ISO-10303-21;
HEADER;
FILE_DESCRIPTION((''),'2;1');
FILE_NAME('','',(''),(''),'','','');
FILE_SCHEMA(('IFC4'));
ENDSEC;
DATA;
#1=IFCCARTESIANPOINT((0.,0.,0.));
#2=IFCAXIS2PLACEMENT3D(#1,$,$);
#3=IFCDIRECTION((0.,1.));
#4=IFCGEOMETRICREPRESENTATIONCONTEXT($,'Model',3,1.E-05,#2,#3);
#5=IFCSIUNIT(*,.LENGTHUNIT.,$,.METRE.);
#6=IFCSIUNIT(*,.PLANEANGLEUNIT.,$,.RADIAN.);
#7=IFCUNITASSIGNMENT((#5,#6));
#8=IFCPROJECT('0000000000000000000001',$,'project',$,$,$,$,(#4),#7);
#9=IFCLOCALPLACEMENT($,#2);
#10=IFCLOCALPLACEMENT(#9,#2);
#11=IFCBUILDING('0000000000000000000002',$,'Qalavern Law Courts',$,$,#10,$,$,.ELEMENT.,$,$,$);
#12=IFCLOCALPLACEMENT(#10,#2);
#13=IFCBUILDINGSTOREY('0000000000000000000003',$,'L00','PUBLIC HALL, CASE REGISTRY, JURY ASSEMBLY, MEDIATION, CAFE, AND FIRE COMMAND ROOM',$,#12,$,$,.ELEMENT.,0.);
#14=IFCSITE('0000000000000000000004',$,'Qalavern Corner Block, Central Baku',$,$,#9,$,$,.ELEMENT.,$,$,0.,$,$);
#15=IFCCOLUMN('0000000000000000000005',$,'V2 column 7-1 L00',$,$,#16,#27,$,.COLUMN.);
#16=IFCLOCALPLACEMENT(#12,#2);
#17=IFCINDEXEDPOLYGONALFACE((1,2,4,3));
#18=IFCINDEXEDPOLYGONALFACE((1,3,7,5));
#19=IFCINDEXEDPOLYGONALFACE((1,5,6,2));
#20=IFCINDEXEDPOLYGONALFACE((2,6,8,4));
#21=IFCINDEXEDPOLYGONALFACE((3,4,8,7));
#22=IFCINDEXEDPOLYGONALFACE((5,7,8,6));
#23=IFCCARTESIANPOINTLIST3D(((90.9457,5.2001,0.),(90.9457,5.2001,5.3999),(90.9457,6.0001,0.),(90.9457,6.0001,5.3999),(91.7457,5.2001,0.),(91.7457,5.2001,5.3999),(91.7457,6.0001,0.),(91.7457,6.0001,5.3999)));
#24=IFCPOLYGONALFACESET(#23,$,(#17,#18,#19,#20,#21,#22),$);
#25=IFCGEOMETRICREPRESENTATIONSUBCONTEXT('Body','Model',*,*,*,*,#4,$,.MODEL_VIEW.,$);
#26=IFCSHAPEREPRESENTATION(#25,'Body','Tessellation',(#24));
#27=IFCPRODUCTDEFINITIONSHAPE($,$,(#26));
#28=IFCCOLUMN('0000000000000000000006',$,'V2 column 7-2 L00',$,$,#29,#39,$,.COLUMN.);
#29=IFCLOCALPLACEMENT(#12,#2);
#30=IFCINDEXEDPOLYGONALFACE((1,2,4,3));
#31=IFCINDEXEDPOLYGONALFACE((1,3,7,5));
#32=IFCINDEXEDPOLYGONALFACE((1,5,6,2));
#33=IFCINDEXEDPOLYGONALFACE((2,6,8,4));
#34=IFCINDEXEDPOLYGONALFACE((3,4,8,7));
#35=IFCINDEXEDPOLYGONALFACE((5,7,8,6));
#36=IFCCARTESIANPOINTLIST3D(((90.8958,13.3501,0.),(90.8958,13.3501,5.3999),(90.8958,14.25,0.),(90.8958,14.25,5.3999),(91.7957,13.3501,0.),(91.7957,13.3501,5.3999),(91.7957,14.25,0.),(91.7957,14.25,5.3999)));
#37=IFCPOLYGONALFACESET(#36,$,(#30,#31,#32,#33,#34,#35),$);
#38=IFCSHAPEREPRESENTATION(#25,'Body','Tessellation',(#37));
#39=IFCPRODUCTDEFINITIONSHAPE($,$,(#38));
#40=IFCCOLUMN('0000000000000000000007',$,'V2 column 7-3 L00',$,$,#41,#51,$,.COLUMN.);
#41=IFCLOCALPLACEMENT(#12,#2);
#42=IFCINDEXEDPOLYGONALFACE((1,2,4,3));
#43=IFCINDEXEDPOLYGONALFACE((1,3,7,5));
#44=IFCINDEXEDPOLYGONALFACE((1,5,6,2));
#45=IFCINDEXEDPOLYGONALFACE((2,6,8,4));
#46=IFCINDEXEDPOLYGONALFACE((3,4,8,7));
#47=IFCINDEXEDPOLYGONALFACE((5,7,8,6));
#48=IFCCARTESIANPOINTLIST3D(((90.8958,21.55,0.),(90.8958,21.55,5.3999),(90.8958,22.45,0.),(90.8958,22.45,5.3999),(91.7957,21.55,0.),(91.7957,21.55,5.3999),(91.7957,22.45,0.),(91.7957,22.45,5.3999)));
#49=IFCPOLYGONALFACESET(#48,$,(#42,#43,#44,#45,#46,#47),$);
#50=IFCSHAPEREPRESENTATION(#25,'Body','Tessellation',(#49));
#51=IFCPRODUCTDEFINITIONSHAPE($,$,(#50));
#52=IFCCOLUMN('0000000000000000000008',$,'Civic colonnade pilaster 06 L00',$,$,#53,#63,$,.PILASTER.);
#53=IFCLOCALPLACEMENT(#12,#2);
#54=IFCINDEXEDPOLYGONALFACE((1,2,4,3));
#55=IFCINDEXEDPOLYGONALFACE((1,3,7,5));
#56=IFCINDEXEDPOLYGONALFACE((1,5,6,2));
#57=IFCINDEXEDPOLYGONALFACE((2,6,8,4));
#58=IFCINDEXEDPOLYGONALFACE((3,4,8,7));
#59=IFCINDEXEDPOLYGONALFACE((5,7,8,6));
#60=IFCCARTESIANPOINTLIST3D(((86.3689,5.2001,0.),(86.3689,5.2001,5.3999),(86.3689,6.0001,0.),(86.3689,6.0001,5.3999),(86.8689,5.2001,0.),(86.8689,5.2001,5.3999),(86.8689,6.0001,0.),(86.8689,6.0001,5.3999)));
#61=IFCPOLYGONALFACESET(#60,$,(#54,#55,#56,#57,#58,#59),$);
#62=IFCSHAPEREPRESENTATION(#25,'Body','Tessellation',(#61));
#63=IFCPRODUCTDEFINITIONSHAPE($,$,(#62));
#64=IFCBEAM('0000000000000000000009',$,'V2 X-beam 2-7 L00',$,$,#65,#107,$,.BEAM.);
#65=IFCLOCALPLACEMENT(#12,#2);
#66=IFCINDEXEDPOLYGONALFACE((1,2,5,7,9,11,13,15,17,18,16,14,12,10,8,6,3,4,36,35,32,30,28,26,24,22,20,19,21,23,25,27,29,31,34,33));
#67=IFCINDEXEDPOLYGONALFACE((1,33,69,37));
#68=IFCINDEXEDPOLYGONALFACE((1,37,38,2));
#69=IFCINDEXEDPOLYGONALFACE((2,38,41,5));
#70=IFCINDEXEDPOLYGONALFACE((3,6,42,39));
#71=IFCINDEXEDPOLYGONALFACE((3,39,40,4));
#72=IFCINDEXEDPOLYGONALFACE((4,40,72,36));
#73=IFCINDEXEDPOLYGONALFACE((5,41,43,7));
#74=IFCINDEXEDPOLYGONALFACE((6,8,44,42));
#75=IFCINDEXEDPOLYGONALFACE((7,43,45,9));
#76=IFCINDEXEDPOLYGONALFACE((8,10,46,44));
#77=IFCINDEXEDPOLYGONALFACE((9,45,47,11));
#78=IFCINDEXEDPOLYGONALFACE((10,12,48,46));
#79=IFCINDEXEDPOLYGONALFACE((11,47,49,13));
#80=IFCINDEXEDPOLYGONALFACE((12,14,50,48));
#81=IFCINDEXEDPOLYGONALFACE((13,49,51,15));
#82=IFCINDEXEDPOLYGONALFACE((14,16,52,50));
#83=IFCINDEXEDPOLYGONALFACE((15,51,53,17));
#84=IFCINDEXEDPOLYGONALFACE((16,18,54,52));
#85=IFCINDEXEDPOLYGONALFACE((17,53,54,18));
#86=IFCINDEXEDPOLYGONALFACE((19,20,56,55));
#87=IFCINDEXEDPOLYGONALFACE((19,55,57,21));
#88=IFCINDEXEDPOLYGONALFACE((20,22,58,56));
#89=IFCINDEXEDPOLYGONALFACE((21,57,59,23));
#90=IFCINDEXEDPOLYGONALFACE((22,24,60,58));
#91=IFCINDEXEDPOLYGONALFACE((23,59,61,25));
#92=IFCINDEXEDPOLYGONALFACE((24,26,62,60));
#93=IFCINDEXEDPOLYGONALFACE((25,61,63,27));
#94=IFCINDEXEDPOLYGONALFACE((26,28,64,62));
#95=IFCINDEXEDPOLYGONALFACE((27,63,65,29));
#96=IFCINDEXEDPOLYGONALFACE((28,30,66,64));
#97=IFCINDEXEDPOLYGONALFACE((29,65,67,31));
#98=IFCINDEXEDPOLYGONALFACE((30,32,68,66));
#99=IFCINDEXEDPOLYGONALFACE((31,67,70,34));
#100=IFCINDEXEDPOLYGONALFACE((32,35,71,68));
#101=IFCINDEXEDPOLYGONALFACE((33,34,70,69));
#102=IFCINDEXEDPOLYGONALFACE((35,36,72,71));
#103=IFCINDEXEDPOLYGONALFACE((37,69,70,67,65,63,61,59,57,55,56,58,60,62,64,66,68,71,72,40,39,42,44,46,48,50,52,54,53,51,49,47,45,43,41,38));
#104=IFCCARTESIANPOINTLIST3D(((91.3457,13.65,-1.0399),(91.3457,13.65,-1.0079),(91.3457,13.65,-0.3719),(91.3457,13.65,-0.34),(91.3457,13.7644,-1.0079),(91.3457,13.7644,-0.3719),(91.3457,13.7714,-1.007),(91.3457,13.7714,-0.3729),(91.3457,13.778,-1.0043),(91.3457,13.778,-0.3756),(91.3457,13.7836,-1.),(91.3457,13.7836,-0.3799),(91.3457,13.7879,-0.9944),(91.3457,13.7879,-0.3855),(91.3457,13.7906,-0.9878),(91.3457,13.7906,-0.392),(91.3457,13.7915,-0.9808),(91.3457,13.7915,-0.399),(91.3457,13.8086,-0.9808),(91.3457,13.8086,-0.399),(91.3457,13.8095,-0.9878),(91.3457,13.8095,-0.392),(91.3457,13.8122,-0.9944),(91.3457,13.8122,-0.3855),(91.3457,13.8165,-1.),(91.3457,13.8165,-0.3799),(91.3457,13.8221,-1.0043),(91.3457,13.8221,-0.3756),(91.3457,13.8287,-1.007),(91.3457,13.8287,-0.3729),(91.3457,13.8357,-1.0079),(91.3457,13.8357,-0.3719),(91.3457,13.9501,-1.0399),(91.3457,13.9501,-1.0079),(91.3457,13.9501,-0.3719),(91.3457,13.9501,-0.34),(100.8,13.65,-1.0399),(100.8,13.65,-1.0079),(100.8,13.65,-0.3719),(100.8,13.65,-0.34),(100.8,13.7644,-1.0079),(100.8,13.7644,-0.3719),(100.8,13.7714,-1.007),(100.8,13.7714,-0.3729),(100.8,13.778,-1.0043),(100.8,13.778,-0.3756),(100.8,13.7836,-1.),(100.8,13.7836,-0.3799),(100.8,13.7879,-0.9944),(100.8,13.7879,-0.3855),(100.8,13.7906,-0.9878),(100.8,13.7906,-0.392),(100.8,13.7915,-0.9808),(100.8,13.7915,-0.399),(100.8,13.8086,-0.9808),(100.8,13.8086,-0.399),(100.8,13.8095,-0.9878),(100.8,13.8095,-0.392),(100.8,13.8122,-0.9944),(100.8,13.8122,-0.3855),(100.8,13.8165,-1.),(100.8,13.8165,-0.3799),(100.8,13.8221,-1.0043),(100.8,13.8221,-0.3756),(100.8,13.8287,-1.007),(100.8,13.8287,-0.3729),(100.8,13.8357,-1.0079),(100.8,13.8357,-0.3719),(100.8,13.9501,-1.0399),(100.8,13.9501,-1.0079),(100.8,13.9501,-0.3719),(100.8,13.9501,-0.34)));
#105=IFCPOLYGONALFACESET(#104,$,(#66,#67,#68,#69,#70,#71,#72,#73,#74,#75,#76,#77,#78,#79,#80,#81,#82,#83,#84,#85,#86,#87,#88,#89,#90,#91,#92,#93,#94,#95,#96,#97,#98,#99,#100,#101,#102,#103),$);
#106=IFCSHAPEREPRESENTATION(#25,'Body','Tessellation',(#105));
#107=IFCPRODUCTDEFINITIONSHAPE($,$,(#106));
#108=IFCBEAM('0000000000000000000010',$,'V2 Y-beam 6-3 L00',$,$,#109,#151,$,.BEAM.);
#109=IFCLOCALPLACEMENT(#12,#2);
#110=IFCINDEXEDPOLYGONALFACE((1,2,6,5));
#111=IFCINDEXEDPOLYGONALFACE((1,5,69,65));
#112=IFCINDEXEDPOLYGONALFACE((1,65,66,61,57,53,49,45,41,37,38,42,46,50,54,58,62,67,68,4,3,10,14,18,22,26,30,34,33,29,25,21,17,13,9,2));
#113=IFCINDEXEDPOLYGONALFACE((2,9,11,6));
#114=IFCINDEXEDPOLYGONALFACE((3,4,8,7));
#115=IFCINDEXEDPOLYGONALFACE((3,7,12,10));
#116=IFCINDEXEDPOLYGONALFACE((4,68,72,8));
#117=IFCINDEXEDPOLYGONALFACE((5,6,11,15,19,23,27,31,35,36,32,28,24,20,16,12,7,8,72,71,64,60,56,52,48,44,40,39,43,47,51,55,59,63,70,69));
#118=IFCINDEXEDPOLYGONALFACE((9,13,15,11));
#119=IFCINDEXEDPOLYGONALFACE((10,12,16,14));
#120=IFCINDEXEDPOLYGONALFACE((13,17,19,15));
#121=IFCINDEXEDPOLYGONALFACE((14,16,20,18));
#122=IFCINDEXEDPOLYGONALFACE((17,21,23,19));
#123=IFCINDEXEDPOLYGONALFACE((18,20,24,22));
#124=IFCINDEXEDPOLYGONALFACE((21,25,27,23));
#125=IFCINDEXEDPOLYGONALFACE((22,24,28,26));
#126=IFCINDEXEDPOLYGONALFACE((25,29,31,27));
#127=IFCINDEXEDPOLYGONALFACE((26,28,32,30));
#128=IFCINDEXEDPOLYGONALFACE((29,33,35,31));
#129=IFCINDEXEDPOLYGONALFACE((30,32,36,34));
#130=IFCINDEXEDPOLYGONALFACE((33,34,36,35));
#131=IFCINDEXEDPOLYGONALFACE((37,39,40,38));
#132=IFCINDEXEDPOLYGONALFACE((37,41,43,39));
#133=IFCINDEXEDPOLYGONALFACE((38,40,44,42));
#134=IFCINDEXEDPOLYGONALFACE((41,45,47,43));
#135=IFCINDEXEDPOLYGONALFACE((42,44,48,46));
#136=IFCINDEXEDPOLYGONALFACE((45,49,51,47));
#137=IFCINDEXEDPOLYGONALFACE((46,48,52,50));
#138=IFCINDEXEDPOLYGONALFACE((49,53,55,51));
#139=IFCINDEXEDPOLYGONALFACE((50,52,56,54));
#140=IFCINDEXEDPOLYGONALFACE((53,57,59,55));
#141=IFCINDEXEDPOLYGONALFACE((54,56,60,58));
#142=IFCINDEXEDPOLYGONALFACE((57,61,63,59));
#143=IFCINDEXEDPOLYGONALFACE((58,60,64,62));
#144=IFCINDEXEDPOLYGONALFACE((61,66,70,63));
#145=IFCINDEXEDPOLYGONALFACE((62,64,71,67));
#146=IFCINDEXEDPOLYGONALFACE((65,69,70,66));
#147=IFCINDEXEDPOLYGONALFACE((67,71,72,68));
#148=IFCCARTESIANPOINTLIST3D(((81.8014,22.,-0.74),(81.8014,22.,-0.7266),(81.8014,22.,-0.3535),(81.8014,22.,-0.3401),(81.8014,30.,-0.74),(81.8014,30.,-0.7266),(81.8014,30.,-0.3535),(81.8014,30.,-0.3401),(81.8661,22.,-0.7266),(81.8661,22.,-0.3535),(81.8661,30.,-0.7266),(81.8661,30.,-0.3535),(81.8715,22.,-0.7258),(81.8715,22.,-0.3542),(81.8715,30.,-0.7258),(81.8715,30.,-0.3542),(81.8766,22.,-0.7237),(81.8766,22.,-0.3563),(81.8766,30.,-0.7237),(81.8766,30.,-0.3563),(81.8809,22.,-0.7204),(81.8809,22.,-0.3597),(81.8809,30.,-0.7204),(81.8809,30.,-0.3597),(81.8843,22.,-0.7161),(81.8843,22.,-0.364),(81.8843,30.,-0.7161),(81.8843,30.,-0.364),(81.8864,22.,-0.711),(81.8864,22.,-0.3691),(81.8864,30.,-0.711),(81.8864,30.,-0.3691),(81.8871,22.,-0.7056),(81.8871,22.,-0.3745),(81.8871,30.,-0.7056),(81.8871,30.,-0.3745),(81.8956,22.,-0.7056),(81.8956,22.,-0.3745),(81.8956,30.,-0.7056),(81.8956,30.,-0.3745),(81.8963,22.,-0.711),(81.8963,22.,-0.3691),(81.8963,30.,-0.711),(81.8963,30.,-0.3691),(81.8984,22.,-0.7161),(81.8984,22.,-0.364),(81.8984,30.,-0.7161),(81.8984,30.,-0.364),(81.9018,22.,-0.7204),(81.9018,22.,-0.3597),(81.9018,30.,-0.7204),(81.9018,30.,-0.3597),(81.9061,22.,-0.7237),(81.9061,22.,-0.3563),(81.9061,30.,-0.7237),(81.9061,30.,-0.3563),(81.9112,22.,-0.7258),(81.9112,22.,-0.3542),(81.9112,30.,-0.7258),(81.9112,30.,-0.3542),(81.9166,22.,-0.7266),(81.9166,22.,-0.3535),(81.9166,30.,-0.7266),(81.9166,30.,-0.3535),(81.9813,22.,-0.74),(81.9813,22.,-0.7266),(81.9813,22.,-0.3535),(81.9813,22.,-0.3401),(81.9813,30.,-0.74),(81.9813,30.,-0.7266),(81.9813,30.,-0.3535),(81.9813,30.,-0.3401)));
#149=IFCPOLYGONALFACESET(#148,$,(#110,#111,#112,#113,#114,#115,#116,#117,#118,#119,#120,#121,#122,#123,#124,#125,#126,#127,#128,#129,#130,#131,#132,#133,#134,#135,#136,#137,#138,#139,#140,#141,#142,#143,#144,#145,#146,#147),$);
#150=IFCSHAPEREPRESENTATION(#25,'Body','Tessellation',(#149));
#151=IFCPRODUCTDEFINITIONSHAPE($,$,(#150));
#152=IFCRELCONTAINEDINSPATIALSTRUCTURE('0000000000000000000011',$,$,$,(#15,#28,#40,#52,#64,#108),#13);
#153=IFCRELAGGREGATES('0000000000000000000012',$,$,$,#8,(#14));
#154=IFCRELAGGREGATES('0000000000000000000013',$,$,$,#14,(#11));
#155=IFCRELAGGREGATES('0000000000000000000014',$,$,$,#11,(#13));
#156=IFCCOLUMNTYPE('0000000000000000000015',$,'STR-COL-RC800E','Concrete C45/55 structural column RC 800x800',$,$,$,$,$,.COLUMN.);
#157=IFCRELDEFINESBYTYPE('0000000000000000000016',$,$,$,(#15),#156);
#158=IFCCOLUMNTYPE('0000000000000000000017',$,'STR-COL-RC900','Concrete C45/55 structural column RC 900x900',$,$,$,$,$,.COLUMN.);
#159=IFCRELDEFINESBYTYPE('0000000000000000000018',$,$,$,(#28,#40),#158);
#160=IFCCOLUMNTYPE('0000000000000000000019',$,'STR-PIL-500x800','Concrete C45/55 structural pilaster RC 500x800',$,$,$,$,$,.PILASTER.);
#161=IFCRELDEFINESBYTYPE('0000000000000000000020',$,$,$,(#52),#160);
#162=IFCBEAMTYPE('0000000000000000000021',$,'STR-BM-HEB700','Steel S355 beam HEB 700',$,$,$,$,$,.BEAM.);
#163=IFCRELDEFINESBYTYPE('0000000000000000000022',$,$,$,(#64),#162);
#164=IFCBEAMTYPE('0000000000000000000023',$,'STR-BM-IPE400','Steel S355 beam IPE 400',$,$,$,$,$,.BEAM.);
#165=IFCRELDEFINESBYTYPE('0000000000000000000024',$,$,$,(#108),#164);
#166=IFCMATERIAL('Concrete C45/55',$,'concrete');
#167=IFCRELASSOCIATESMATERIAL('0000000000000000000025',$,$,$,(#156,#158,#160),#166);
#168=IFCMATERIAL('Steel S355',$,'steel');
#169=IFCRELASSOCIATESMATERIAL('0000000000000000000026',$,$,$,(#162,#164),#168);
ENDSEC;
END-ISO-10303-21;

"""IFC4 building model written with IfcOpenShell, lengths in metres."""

from ifc_helpers import new_model, si_unit, direction, frame, origin, origin_2d, place, context, subcontext, project, spatial, rectangle, i_section, extrude, material, material_profile, profile_set, type_object, element, save


model = new_model("IFC4")

# Units and contexts
model_context = context("Model", 3, precision=1e-05, world=origin(), true_north=direction((0.0, 1.0)))
body_context = subcontext(model_context, "Body", "Model", "MODEL_VIEW")
ifc_project = project(units=[si_unit("LENGTHUNIT", "METRE"), si_unit("PLANEANGLEUNIT", "RADIAN")], contexts=[model_context])

# Site, building, storey
site_placement = place(None, origin())
site = spatial("IfcSite", under=ifc_project, at=site_placement, Name="Qalavern Corner Block, Central Baku", CompositionType="ELEMENT", RefElevation=0.0)
building_placement = place(site_placement, origin())
building = spatial("IfcBuilding", under=site, at=building_placement, Name="Qalavern Law Courts", CompositionType="ELEMENT")
storey_placement = place(building_placement, origin())
storey = spatial("IfcBuildingStorey", under=building, at=storey_placement, Name="L00", Description="PUBLIC HALL, CASE REGISTRY, JURY ASSEMBLY, MEDIATION, CAFE, AND FIRE COMMAND ROOM", CompositionType="ELEMENT", Elevation=0.0)

# Columns
ifc_material_1 = material(Name="Concrete C45/55", Category="concrete")
ifc_material_profile_1 = material_profile(ifc_material_1, rectangle(XDim=0.8, YDim=0.8, at=origin_2d()), Name="RC 800x800")
ifc_profile_set_1 = profile_set([ifc_material_profile_1], Name="Concrete C45/55")
column_type_1 = type_object("IfcColumnType", Name="STR-COL-RC800E", Description="Concrete C45/55 structural column RC 800x800", PredefinedType="COLUMN", material=ifc_profile_set_1)
column_1_placement = place(storey_placement, frame((91.3457, 5.6001, 0.0), z_axis=(0.0, 0.0, 1.0), x_axis=(1.0, 0.0, 0.0)))
element("IfcColumn", 1, at=column_1_placement, inside=storey, type_object=column_type_1, Name="V2 column 7-1 L00", PredefinedType="COLUMN", context=body_context, shape_type="SweptSolid", body=[
    extrude(rectangle(XDim=0.8, YDim=0.8, at=origin_2d()), origin(), (0.0, 0.0, 1.0), 5.3999),
])
ifc_material_profile_2 = material_profile(ifc_material_1, rectangle(XDim=0.8999, YDim=0.8999, at=origin_2d()), Name="RC 900x900")
ifc_profile_set_2 = profile_set([ifc_material_profile_2], Name="Concrete C45/55")
column_type_2 = type_object("IfcColumnType", Name="STR-COL-RC900", Description="Concrete C45/55 structural column RC 900x900", PredefinedType="COLUMN", material=ifc_profile_set_2)
for number, where, z_axis, x_axis, name in (
    (2, (91.3457, 13.8, 0.0), (0.0, 0.0, 1.0), (1.0, 0.0, 0.0), "V2 column 7-2 L00"),
    (3, (91.3457, 22.0, 0.0), (0.0, 0.0, 1.0), (1.0, 0.0, 0.0), "V2 column 7-3 L00"),
):
    element("IfcColumn", number, at=place(storey_placement, frame(where, z_axis=z_axis, x_axis=x_axis)), inside=storey, type_object=column_type_2, Name=name, PredefinedType="COLUMN", context=body_context, shape_type="SweptSolid", body=[
        extrude(rectangle(XDim=0.8999, YDim=0.8999, at=origin_2d()), origin(), (0.0, 0.0, 1.0), 5.3999),
    ])
ifc_material_profile_3 = material_profile(ifc_material_1, rectangle(XDim=0.5, YDim=0.8, at=origin_2d()), Name="RC 500x800")
ifc_profile_set_3 = profile_set([ifc_material_profile_3], Name="Concrete C45/55")
column_type_3 = type_object("IfcColumnType", Name="STR-PIL-500x800", Description="Concrete C45/55 structural pilaster RC 500x800", PredefinedType="PILASTER", material=ifc_profile_set_3)
column_2_placement = place(storey_placement, frame((86.6189, 5.6001, 0.0), z_axis=(0.0, 0.0, 1.0), x_axis=(1.0, 0.0, 0.0)))
element("IfcColumn", 4, at=column_2_placement, inside=storey, type_object=column_type_3, Name="Civic colonnade pilaster 06 L00", PredefinedType="PILASTER", context=body_context, shape_type="SweptSolid", body=[
    extrude(rectangle(XDim=0.5, YDim=0.8, at=origin_2d()), origin(), (0.0, 0.0, 1.0), 5.3999),
])

# Beams
ifc_material_2 = material(Name="Steel S355", Category="steel")
ifc_material_profile_4 = material_profile(ifc_material_2, i_section(OverallWidth=0.3, OverallDepth=0.7, WebThickness=0.0171, FlangeThickness=0.032, FilletRadius=0.0271, at=origin_2d()), Name="HEB 700")
ifc_profile_set_4 = profile_set([ifc_material_profile_4], Name="Steel S355")
beam_type_1 = type_object("IfcBeamType", Name="STR-BM-HEB700", Description="Steel S355 beam HEB 700", PredefinedType="BEAM", material=ifc_profile_set_4)
beam_1_placement = place(storey_placement, frame((91.3457, 13.8, -0.6899), z_axis=(1.0, 0.0, 0.0), x_axis=(0.0, 1.0, 0.0)))
element("IfcBeam", 5, at=beam_1_placement, inside=storey, type_object=beam_type_1, Name="V2 X-beam 2-7 L00", PredefinedType="BEAM", context=body_context, shape_type="SweptSolid", body=[
    extrude(i_section(OverallWidth=0.3, OverallDepth=0.7, WebThickness=0.0171, FlangeThickness=0.032, FilletRadius=0.0271, at=origin_2d()), origin(), (0.0, 0.0, 1.0), 9.4543),
])
ifc_material_profile_5 = material_profile(ifc_material_2, i_section(OverallWidth=0.1799, OverallDepth=0.3999, WebThickness=0.0085, FlangeThickness=0.0134, FilletRadius=0.021, at=origin_2d()), Name="IPE 400")
ifc_profile_set_5 = profile_set([ifc_material_profile_5], Name="Steel S355")
beam_type_2 = type_object("IfcBeamType", Name="STR-BM-IPE400", Description="Steel S355 beam IPE 400", PredefinedType="BEAM", material=ifc_profile_set_5)
beam_2_placement = place(storey_placement, frame((81.8914, 22.0, -0.54), z_axis=(0.0, 1.0, 0.0), x_axis=(-1.0, 0.0, 0.0)))
element("IfcBeam", 6, at=beam_2_placement, inside=storey, type_object=beam_type_2, Name="V2 Y-beam 6-3 L00", PredefinedType="BEAM", context=body_context, shape_type="SweptSolid", body=[
    extrude(i_section(OverallWidth=0.1799, OverallDepth=0.3999, WebThickness=0.0085, FlangeThickness=0.0134, FilletRadius=0.021, at=origin_2d()), origin(), (0.0, 0.0, 1.0), 8.0),
])

save(model, "model.ifc")
